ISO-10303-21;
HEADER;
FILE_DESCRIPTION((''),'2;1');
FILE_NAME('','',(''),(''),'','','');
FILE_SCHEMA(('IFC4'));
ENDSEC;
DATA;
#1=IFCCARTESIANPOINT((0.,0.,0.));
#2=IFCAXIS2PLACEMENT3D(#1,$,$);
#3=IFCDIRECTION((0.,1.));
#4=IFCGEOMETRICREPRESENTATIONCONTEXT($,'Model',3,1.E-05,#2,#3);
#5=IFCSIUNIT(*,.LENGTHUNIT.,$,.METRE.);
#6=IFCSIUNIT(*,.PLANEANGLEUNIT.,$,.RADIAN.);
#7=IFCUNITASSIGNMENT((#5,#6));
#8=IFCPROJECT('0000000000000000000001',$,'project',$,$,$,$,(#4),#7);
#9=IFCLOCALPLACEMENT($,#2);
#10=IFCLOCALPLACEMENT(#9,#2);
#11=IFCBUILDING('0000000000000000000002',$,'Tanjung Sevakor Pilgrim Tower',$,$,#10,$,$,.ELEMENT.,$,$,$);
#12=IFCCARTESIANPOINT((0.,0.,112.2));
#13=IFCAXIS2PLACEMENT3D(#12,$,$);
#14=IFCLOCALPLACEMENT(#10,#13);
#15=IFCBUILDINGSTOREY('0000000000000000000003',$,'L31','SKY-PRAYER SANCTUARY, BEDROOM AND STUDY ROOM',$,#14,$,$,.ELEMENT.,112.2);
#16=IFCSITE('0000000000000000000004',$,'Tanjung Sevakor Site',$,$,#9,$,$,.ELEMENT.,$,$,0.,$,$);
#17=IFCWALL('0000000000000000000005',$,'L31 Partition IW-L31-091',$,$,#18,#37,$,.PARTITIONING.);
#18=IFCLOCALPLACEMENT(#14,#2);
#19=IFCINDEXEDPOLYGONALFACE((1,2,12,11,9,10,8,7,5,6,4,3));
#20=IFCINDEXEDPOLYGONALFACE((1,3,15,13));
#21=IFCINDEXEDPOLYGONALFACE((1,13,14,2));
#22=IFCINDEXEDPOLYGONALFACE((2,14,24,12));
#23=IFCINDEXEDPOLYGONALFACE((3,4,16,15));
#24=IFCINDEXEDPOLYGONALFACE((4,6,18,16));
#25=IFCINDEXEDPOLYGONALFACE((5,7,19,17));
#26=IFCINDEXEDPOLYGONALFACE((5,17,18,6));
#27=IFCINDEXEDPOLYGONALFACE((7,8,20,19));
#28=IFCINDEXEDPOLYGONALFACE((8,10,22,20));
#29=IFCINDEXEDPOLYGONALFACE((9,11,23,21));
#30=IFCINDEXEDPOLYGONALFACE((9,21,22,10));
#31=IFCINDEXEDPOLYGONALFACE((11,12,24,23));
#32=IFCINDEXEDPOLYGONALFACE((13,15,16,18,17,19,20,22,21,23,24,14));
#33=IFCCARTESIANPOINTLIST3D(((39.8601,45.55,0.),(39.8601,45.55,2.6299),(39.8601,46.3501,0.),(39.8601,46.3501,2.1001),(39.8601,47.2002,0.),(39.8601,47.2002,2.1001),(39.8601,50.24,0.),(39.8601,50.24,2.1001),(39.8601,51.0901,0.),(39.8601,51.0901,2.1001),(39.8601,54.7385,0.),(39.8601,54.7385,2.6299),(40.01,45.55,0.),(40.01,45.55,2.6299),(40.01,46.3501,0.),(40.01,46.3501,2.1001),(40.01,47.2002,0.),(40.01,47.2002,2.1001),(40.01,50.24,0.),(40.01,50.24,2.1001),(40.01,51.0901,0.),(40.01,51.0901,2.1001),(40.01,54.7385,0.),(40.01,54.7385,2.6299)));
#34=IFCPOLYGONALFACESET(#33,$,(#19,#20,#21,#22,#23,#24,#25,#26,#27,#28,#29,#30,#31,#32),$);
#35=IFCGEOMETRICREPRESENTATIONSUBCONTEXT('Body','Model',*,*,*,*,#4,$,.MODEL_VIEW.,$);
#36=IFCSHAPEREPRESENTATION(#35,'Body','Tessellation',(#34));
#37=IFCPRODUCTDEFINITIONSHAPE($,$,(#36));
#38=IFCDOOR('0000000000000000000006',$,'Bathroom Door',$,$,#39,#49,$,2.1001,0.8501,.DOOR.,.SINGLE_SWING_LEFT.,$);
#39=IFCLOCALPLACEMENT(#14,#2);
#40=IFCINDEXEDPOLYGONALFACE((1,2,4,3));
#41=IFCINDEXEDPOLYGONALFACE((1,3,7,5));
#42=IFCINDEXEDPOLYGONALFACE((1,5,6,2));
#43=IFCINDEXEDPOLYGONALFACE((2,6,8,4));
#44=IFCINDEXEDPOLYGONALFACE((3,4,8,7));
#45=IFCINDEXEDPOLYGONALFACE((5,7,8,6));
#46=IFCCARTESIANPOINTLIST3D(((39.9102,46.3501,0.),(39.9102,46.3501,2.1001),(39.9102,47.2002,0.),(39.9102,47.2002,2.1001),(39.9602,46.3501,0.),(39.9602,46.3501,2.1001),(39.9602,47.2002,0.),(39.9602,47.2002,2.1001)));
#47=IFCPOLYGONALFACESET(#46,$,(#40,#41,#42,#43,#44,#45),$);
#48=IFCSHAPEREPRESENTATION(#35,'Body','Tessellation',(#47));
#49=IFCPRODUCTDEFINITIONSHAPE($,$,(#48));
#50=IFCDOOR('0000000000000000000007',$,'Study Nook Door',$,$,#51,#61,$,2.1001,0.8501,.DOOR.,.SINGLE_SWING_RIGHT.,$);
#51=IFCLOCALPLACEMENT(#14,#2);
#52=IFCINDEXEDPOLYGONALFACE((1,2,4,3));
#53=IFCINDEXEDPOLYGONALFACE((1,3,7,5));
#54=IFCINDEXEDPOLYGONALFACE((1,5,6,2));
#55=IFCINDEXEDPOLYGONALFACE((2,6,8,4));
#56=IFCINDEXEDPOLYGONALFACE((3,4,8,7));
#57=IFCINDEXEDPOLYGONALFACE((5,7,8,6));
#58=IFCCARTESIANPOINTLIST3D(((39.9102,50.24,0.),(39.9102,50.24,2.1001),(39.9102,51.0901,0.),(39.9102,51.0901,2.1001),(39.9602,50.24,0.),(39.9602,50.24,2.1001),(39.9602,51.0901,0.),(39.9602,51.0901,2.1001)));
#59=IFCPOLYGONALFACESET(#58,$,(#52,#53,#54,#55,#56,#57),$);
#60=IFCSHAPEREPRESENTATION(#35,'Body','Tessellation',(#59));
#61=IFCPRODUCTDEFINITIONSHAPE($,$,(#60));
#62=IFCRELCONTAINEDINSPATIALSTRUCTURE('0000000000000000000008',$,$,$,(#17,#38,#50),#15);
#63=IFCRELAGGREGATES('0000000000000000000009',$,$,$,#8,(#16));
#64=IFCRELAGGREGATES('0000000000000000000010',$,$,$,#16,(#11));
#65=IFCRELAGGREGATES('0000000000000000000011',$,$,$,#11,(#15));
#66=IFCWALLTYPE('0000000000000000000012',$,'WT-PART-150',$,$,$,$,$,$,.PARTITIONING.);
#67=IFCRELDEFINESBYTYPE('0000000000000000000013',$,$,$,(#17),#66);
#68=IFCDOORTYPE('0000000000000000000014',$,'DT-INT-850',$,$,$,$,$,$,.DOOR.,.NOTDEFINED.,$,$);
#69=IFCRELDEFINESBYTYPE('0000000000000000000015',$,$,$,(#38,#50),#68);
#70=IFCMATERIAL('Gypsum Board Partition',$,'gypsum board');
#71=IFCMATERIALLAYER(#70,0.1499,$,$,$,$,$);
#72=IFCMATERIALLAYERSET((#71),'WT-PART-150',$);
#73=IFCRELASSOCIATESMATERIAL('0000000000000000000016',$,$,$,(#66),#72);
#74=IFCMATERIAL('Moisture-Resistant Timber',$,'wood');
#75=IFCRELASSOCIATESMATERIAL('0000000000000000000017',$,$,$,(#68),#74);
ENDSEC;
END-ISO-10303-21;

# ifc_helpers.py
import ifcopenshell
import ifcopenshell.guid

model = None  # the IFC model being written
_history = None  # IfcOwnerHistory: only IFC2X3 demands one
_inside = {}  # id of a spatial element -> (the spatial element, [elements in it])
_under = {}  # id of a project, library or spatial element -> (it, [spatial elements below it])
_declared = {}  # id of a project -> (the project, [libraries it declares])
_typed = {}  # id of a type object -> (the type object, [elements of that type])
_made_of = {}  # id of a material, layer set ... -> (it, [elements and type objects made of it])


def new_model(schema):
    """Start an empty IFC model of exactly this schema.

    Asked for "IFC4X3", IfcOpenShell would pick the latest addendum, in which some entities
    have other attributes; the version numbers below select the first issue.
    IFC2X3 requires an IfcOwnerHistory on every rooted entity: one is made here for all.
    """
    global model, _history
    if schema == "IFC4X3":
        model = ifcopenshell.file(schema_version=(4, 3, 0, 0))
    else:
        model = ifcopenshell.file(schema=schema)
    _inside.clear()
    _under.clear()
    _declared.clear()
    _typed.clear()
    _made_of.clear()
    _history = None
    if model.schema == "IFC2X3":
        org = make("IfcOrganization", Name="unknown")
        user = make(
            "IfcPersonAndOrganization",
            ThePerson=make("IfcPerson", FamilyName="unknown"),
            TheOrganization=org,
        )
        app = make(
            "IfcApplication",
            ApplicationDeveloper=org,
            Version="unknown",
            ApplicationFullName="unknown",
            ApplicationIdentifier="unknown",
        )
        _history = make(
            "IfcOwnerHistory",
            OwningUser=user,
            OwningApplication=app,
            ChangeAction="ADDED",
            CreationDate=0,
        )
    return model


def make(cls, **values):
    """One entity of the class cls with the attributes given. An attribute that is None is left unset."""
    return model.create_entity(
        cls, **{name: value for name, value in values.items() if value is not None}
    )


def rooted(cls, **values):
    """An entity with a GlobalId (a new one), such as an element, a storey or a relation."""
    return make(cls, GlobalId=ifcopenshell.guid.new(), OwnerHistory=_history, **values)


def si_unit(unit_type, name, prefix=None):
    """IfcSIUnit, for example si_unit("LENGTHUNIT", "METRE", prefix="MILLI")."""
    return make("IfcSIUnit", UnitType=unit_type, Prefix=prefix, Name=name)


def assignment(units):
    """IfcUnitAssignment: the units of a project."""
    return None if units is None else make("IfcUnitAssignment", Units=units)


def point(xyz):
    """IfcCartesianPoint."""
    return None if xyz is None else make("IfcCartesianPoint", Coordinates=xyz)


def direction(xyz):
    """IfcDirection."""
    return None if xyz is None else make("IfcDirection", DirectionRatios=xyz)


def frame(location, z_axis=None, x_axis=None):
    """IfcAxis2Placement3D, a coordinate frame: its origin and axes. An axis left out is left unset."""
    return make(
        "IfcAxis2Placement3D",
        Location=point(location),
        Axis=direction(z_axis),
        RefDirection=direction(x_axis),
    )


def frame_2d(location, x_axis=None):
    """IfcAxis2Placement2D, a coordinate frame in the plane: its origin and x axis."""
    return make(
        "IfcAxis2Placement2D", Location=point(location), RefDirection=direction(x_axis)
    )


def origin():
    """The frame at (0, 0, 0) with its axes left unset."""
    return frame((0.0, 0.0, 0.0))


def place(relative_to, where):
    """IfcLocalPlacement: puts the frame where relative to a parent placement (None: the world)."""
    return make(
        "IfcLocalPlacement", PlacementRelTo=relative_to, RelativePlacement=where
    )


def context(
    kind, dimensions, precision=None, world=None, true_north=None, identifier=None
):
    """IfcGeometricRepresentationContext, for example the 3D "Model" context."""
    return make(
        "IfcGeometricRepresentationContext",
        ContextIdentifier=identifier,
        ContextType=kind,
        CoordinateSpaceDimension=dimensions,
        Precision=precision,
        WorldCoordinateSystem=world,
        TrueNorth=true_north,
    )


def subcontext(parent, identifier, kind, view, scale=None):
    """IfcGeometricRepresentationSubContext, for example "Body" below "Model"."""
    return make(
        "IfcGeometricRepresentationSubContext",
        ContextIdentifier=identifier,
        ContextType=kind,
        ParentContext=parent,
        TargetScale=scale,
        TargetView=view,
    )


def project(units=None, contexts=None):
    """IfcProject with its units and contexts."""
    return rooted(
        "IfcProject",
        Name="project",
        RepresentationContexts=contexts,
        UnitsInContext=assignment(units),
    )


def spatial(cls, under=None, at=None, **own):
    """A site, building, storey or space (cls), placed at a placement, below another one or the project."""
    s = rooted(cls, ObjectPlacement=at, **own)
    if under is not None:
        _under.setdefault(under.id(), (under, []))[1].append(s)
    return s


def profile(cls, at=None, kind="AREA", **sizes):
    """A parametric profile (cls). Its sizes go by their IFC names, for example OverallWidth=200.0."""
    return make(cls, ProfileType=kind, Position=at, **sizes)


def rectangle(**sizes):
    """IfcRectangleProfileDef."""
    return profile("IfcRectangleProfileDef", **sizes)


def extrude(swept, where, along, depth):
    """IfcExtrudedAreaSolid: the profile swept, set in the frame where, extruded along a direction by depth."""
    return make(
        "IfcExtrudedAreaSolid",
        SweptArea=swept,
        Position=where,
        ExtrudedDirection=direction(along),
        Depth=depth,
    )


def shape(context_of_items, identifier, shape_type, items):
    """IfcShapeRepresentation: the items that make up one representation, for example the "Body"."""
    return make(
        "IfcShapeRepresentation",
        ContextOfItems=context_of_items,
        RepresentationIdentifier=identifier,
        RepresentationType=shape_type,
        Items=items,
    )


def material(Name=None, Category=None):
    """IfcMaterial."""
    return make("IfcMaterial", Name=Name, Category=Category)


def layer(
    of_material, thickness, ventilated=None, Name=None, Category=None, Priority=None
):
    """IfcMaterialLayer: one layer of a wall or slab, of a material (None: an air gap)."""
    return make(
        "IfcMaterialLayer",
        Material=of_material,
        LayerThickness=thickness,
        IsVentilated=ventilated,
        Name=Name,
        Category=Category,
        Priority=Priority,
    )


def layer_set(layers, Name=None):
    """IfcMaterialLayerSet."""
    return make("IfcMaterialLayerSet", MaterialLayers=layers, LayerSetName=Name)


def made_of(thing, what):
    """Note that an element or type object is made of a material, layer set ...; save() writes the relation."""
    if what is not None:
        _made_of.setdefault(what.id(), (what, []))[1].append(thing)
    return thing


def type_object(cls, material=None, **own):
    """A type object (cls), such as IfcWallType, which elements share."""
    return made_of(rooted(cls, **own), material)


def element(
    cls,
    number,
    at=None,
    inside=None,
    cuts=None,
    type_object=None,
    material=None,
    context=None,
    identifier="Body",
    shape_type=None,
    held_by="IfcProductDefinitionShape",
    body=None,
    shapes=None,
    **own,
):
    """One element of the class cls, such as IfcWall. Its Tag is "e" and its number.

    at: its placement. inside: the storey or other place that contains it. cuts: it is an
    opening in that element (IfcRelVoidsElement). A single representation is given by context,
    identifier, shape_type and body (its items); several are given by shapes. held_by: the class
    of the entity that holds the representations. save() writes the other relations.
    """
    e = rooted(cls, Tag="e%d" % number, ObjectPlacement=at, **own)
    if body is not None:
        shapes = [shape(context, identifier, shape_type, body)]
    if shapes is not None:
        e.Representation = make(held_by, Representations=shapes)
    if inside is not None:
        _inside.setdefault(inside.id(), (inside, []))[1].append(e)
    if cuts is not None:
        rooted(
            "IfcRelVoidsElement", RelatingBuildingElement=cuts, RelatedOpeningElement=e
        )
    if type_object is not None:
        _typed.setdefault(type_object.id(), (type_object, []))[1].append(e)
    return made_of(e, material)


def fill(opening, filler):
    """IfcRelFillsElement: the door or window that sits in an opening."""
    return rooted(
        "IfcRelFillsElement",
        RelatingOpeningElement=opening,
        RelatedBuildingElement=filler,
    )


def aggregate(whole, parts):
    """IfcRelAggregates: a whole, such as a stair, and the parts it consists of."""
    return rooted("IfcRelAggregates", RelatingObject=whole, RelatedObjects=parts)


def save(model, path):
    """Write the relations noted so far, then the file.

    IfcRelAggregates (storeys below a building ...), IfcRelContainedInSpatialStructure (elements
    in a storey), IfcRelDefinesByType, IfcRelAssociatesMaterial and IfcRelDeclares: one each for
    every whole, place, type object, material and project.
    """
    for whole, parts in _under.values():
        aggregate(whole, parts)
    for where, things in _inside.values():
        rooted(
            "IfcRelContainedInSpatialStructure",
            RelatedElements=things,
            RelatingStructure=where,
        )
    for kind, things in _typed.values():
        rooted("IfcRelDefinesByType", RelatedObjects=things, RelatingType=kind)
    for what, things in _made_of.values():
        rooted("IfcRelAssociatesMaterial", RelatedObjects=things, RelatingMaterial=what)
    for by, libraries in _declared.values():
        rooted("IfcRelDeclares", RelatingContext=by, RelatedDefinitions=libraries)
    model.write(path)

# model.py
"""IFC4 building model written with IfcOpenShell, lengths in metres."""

from ifc_helpers import new_model, si_unit, direction, frame, frame_2d, origin, place, context, subcontext, project, spatial, rectangle, extrude, material, layer, layer_set, type_object, element, fill, save


model = new_model("IFC4")

# Units and contexts
model_context = context("Model", 3, precision=1e-05, world=origin(), true_north=direction((0.0, 1.0)))
body_context = subcontext(model_context, "Body", "Model", "MODEL_VIEW")
ifc_project = project(units=[si_unit("LENGTHUNIT", "METRE"), si_unit("PLANEANGLEUNIT", "RADIAN")], contexts=[model_context])

# Site, building, storey
site_placement = place(None, origin())
site = spatial("IfcSite", under=ifc_project, at=site_placement, Name="Tanjung Sevakor Site", CompositionType="ELEMENT", RefElevation=0.0)
building_placement = place(site_placement, origin())
building = spatial("IfcBuilding", under=site, at=building_placement, Name="Tanjung Sevakor Pilgrim Tower", CompositionType="ELEMENT")
storey_placement = place(building_placement, frame((0.0, 0.0, 112.2)))
storey = spatial("IfcBuildingStorey", under=building, at=storey_placement, Name="L31", Description="SKY-PRAYER SANCTUARY, BEDROOM AND STUDY ROOM", CompositionType="ELEMENT", Elevation=112.2)

# Shared definitions
ifc_material_1 = material(Name="Gypsum Board Partition", Category="gypsum board")
ifc_layer_1 = layer(ifc_material_1, 0.1499)
ifc_layer_set_1 = layer_set([ifc_layer_1], Name="WT-PART-150")
wall_type_1 = type_object("IfcWallType", Name="WT-PART-150", PredefinedType="PARTITIONING", material=ifc_layer_set_1)

# Wall, openings, doors
wall_1_placement = place(storey_placement, frame((39.9351, 45.55, 0.0), z_axis=(0.0, 0.0, 1.0), x_axis=(0.0, 1.0, 0.0)))
wall_1 = element("IfcWall", 1, at=wall_1_placement, inside=storey, type_object=wall_type_1, Name="L31 Partition IW-L31-091", PredefinedType="PARTITIONING", context=body_context, shape_type="SweptSolid", body=[
    extrude(rectangle(XDim=9.1885, YDim=0.1499, at=frame_2d((4.5942, 0.0))), origin(), (0.0, 0.0, 1.0), 2.6299),
])
opening_1_placement = place(wall_1_placement, frame((0.8, 0.0, 0.0)))
opening_1 = element("IfcOpeningElement", 2, at=opening_1_placement, cuts=wall_1, PredefinedType="OPENING", context=body_context, shape_type="SweptSolid", body=[
    extrude(rectangle(XDim=0.8501, YDim=2.1001, at=frame_2d((0.425, 1.05))), frame((0.0, 0.085, 0.0), z_axis=(0.0, -1.0, 0.0), x_axis=(1.0, 0.0, 0.0)), (0.0, 0.0, 1.0), 0.1699),
])
opening_2_placement = place(wall_1_placement, frame((4.6899, 0.0, 0.0)))
opening_2 = element("IfcOpeningElement", 3, at=opening_2_placement, cuts=wall_1, PredefinedType="OPENING", context=body_context, shape_type="SweptSolid", body=[
    extrude(rectangle(XDim=0.8501, YDim=2.1001, at=frame_2d((0.425, 1.05))), frame((0.0, 0.085, 0.0), z_axis=(0.0, -1.0, 0.0), x_axis=(1.0, 0.0, 0.0)), (0.0, 0.0, 1.0), 0.1699),
])
ifc_material_2 = material(Name="Moisture-Resistant Timber", Category="wood")
door_type_1 = type_object("IfcDoorType", Name="DT-INT-850", OperationType="NOTDEFINED", PredefinedType="DOOR", material=ifc_material_2)
door_1_placement = place(opening_1_placement, origin())
door_1 = element("IfcDoor", 4, at=door_1_placement, inside=storey, type_object=door_type_1, Name="Bathroom Door", OperationType="SINGLE_SWING_LEFT", OverallHeight=2.1001, OverallWidth=0.8501, PredefinedType="DOOR", context=body_context, shape_type="SweptSolid", body=[
    extrude(rectangle(XDim=0.8501, YDim=2.1001, at=frame_2d((0.425, 1.05))), frame((0.0, 0.0249, 0.0), z_axis=(0.0, -1.0, 0.0), x_axis=(1.0, 0.0, 0.0)), (0.0, 0.0, 1.0), 0.05),
])
fill(opening_1, door_1)
door_2_placement = place(opening_2_placement, origin())
door_2 = element("IfcDoor", 5, at=door_2_placement, inside=storey, type_object=door_type_1, Name="Study Nook Door", OperationType="SINGLE_SWING_RIGHT", OverallHeight=2.1001, OverallWidth=0.8501, PredefinedType="DOOR", context=body_context, shape_type="SweptSolid", body=[
    extrude(rectangle(XDim=0.8501, YDim=2.1001, at=frame_2d((0.425, 1.05))), frame((0.0, 0.0249, 0.0), z_axis=(0.0, -1.0, 0.0), x_axis=(1.0, 0.0, 0.0)), (0.0, 0.0, 1.0), 0.05),
])
fill(opening_2, door_2)

save(model, "model.ifc")
